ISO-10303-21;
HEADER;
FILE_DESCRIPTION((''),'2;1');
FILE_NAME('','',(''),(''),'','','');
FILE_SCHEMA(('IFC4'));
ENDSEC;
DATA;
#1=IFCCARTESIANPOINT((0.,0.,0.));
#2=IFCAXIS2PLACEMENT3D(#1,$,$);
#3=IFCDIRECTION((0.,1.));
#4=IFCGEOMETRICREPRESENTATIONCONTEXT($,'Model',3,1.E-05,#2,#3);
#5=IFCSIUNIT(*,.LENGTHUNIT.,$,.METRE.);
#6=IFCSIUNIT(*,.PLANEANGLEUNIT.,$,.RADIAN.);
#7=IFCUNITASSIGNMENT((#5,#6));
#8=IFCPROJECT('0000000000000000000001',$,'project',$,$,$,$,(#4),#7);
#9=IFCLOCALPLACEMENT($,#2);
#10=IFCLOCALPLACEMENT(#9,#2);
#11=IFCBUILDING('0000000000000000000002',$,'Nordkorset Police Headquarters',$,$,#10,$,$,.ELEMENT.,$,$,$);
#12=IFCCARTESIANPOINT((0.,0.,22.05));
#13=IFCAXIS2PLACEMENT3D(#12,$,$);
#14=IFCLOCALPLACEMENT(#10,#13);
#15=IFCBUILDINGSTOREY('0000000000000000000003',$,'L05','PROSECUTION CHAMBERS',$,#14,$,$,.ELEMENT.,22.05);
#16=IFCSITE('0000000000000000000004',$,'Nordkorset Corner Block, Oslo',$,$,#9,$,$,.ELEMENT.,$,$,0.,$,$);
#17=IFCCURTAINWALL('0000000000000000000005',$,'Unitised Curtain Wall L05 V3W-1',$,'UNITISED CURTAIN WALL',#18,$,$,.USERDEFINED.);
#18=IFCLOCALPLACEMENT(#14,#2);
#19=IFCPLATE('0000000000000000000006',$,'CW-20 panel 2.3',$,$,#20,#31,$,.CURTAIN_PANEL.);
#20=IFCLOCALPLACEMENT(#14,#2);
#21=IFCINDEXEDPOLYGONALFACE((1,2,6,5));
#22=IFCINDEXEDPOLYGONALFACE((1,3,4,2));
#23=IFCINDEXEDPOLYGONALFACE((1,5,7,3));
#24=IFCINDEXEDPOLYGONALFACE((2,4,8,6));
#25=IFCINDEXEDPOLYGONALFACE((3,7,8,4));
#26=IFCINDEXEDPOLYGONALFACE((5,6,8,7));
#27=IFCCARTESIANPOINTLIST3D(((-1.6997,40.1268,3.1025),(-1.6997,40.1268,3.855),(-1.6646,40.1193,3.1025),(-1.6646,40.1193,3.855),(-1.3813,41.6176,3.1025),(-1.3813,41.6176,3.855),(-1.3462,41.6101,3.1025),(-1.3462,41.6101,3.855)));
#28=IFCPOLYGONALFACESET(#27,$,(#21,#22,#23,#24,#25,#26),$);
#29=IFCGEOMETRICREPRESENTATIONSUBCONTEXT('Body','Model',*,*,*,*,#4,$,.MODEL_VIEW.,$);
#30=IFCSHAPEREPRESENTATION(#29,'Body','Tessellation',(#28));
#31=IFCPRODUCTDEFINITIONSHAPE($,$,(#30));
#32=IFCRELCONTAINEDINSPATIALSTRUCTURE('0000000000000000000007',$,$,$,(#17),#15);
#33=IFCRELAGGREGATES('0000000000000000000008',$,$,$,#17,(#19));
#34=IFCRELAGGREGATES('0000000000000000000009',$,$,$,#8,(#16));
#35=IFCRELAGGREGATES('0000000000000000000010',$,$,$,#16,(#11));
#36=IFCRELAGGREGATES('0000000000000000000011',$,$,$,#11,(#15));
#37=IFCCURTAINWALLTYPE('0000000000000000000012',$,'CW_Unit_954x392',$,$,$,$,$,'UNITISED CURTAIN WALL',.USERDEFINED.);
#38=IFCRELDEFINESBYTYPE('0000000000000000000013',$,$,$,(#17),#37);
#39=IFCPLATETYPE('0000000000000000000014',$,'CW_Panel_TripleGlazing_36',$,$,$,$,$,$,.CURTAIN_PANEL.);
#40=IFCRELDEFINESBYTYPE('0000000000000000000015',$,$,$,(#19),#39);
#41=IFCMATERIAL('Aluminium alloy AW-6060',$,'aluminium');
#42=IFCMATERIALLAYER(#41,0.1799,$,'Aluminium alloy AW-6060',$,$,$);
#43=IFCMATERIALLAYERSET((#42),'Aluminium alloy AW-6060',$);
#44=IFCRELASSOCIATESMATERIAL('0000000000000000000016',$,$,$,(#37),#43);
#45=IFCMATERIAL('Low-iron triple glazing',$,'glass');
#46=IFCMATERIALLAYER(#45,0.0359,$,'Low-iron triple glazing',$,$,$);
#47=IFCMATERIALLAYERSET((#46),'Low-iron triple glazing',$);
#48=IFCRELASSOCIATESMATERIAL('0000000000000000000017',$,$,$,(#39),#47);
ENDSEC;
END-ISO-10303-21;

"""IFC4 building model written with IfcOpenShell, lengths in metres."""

from ifc_helpers import new_model, si_unit, direction, frame, origin, origin_2d, place, context, subcontext, project, spatial, rectangle, extrude, material, layer, layer_set, type_object, element, aggregate, save


model = new_model("IFC4")

# Units and contexts
model_context = context("Model", 3, precision=1e-05, world=origin(), true_north=direction((0.0, 1.0)))
body_context = subcontext(model_context, "Body", "Model", "MODEL_VIEW")
ifc_project = project(units=[si_unit("LENGTHUNIT", "METRE"), si_unit("PLANEANGLEUNIT", "RADIAN")], contexts=[model_context])

# Site, building, storey
site_placement = place(None, origin())
site = spatial("IfcSite", under=ifc_project, at=site_placement, Name="Nordkorset Corner Block, Oslo", CompositionType="ELEMENT", RefElevation=0.0)
building_placement = place(site_placement, origin())
building = spatial("IfcBuilding", under=site, at=building_placement, Name="Nordkorset Police Headquarters", CompositionType="ELEMENT")
storey_placement = place(building_placement, frame((0.0, 0.0, 22.05)))
storey = spatial("IfcBuildingStorey", under=building, at=storey_placement, Name="L05", Description="PROSECUTION CHAMBERS", CompositionType="ELEMENT", Elevation=22.05)

# Curtain wall
ifc_material_1 = material(Name="Aluminium alloy AW-6060", Category="aluminium")
ifc_layer_1 = layer(ifc_material_1, 0.1799, Name="Aluminium alloy AW-6060")
ifc_layer_set_1 = layer_set([ifc_layer_1], Name="Aluminium alloy AW-6060")
curtain_wall_type_1 = type_object("IfcCurtainWallType", Name="CW_Unit_954x392", ElementType="UNITISED CURTAIN WALL", PredefinedType="USERDEFINED", material=ifc_layer_set_1)
curtain_wall_1_placement = place(storey_placement, origin())
curtain_wall_1 = element("IfcCurtainWall", 1, at=curtain_wall_1_placement, inside=storey, type_object=curtain_wall_type_1, Name="Unitised Curtain Wall L05 V3W-1", ObjectType="UNITISED CURTAIN WALL", PredefinedType="USERDEFINED")

# Plate
ifc_material_2 = material(Name="Low-iron triple glazing", Category="glass")
ifc_layer_2 = layer(ifc_material_2, 0.0359, Name="Low-iron triple glazing")
ifc_layer_set_2 = layer_set([ifc_layer_2], Name="Low-iron triple glazing")
plate_type = type_object("IfcPlateType", Name="CW_Panel_TripleGlazing_36", PredefinedType="CURTAIN_PANEL", material=ifc_layer_set_2)
plate_1_placement = place(storey_placement, frame((-1.5229, 40.8684, 3.1025), z_axis=(0.0, 0.0, 1.0), x_axis=(0.208833, 0.977951, 0.0)))
plate_1 = element("IfcPlate", 2, at=plate_1_placement, type_object=plate_type, Name="CW-20 panel 2.3", PredefinedType="CURTAIN_PANEL", context=body_context, shape_type="SweptSolid", body=[
    extrude(rectangle(XDim=1.5244, YDim=0.0359, at=origin_2d()), origin(), (0.0, 0.0, 1.0), 0.7524),
])
aggregate(curtain_wall_1, [plate_1])

save(model, "model.ifc")
